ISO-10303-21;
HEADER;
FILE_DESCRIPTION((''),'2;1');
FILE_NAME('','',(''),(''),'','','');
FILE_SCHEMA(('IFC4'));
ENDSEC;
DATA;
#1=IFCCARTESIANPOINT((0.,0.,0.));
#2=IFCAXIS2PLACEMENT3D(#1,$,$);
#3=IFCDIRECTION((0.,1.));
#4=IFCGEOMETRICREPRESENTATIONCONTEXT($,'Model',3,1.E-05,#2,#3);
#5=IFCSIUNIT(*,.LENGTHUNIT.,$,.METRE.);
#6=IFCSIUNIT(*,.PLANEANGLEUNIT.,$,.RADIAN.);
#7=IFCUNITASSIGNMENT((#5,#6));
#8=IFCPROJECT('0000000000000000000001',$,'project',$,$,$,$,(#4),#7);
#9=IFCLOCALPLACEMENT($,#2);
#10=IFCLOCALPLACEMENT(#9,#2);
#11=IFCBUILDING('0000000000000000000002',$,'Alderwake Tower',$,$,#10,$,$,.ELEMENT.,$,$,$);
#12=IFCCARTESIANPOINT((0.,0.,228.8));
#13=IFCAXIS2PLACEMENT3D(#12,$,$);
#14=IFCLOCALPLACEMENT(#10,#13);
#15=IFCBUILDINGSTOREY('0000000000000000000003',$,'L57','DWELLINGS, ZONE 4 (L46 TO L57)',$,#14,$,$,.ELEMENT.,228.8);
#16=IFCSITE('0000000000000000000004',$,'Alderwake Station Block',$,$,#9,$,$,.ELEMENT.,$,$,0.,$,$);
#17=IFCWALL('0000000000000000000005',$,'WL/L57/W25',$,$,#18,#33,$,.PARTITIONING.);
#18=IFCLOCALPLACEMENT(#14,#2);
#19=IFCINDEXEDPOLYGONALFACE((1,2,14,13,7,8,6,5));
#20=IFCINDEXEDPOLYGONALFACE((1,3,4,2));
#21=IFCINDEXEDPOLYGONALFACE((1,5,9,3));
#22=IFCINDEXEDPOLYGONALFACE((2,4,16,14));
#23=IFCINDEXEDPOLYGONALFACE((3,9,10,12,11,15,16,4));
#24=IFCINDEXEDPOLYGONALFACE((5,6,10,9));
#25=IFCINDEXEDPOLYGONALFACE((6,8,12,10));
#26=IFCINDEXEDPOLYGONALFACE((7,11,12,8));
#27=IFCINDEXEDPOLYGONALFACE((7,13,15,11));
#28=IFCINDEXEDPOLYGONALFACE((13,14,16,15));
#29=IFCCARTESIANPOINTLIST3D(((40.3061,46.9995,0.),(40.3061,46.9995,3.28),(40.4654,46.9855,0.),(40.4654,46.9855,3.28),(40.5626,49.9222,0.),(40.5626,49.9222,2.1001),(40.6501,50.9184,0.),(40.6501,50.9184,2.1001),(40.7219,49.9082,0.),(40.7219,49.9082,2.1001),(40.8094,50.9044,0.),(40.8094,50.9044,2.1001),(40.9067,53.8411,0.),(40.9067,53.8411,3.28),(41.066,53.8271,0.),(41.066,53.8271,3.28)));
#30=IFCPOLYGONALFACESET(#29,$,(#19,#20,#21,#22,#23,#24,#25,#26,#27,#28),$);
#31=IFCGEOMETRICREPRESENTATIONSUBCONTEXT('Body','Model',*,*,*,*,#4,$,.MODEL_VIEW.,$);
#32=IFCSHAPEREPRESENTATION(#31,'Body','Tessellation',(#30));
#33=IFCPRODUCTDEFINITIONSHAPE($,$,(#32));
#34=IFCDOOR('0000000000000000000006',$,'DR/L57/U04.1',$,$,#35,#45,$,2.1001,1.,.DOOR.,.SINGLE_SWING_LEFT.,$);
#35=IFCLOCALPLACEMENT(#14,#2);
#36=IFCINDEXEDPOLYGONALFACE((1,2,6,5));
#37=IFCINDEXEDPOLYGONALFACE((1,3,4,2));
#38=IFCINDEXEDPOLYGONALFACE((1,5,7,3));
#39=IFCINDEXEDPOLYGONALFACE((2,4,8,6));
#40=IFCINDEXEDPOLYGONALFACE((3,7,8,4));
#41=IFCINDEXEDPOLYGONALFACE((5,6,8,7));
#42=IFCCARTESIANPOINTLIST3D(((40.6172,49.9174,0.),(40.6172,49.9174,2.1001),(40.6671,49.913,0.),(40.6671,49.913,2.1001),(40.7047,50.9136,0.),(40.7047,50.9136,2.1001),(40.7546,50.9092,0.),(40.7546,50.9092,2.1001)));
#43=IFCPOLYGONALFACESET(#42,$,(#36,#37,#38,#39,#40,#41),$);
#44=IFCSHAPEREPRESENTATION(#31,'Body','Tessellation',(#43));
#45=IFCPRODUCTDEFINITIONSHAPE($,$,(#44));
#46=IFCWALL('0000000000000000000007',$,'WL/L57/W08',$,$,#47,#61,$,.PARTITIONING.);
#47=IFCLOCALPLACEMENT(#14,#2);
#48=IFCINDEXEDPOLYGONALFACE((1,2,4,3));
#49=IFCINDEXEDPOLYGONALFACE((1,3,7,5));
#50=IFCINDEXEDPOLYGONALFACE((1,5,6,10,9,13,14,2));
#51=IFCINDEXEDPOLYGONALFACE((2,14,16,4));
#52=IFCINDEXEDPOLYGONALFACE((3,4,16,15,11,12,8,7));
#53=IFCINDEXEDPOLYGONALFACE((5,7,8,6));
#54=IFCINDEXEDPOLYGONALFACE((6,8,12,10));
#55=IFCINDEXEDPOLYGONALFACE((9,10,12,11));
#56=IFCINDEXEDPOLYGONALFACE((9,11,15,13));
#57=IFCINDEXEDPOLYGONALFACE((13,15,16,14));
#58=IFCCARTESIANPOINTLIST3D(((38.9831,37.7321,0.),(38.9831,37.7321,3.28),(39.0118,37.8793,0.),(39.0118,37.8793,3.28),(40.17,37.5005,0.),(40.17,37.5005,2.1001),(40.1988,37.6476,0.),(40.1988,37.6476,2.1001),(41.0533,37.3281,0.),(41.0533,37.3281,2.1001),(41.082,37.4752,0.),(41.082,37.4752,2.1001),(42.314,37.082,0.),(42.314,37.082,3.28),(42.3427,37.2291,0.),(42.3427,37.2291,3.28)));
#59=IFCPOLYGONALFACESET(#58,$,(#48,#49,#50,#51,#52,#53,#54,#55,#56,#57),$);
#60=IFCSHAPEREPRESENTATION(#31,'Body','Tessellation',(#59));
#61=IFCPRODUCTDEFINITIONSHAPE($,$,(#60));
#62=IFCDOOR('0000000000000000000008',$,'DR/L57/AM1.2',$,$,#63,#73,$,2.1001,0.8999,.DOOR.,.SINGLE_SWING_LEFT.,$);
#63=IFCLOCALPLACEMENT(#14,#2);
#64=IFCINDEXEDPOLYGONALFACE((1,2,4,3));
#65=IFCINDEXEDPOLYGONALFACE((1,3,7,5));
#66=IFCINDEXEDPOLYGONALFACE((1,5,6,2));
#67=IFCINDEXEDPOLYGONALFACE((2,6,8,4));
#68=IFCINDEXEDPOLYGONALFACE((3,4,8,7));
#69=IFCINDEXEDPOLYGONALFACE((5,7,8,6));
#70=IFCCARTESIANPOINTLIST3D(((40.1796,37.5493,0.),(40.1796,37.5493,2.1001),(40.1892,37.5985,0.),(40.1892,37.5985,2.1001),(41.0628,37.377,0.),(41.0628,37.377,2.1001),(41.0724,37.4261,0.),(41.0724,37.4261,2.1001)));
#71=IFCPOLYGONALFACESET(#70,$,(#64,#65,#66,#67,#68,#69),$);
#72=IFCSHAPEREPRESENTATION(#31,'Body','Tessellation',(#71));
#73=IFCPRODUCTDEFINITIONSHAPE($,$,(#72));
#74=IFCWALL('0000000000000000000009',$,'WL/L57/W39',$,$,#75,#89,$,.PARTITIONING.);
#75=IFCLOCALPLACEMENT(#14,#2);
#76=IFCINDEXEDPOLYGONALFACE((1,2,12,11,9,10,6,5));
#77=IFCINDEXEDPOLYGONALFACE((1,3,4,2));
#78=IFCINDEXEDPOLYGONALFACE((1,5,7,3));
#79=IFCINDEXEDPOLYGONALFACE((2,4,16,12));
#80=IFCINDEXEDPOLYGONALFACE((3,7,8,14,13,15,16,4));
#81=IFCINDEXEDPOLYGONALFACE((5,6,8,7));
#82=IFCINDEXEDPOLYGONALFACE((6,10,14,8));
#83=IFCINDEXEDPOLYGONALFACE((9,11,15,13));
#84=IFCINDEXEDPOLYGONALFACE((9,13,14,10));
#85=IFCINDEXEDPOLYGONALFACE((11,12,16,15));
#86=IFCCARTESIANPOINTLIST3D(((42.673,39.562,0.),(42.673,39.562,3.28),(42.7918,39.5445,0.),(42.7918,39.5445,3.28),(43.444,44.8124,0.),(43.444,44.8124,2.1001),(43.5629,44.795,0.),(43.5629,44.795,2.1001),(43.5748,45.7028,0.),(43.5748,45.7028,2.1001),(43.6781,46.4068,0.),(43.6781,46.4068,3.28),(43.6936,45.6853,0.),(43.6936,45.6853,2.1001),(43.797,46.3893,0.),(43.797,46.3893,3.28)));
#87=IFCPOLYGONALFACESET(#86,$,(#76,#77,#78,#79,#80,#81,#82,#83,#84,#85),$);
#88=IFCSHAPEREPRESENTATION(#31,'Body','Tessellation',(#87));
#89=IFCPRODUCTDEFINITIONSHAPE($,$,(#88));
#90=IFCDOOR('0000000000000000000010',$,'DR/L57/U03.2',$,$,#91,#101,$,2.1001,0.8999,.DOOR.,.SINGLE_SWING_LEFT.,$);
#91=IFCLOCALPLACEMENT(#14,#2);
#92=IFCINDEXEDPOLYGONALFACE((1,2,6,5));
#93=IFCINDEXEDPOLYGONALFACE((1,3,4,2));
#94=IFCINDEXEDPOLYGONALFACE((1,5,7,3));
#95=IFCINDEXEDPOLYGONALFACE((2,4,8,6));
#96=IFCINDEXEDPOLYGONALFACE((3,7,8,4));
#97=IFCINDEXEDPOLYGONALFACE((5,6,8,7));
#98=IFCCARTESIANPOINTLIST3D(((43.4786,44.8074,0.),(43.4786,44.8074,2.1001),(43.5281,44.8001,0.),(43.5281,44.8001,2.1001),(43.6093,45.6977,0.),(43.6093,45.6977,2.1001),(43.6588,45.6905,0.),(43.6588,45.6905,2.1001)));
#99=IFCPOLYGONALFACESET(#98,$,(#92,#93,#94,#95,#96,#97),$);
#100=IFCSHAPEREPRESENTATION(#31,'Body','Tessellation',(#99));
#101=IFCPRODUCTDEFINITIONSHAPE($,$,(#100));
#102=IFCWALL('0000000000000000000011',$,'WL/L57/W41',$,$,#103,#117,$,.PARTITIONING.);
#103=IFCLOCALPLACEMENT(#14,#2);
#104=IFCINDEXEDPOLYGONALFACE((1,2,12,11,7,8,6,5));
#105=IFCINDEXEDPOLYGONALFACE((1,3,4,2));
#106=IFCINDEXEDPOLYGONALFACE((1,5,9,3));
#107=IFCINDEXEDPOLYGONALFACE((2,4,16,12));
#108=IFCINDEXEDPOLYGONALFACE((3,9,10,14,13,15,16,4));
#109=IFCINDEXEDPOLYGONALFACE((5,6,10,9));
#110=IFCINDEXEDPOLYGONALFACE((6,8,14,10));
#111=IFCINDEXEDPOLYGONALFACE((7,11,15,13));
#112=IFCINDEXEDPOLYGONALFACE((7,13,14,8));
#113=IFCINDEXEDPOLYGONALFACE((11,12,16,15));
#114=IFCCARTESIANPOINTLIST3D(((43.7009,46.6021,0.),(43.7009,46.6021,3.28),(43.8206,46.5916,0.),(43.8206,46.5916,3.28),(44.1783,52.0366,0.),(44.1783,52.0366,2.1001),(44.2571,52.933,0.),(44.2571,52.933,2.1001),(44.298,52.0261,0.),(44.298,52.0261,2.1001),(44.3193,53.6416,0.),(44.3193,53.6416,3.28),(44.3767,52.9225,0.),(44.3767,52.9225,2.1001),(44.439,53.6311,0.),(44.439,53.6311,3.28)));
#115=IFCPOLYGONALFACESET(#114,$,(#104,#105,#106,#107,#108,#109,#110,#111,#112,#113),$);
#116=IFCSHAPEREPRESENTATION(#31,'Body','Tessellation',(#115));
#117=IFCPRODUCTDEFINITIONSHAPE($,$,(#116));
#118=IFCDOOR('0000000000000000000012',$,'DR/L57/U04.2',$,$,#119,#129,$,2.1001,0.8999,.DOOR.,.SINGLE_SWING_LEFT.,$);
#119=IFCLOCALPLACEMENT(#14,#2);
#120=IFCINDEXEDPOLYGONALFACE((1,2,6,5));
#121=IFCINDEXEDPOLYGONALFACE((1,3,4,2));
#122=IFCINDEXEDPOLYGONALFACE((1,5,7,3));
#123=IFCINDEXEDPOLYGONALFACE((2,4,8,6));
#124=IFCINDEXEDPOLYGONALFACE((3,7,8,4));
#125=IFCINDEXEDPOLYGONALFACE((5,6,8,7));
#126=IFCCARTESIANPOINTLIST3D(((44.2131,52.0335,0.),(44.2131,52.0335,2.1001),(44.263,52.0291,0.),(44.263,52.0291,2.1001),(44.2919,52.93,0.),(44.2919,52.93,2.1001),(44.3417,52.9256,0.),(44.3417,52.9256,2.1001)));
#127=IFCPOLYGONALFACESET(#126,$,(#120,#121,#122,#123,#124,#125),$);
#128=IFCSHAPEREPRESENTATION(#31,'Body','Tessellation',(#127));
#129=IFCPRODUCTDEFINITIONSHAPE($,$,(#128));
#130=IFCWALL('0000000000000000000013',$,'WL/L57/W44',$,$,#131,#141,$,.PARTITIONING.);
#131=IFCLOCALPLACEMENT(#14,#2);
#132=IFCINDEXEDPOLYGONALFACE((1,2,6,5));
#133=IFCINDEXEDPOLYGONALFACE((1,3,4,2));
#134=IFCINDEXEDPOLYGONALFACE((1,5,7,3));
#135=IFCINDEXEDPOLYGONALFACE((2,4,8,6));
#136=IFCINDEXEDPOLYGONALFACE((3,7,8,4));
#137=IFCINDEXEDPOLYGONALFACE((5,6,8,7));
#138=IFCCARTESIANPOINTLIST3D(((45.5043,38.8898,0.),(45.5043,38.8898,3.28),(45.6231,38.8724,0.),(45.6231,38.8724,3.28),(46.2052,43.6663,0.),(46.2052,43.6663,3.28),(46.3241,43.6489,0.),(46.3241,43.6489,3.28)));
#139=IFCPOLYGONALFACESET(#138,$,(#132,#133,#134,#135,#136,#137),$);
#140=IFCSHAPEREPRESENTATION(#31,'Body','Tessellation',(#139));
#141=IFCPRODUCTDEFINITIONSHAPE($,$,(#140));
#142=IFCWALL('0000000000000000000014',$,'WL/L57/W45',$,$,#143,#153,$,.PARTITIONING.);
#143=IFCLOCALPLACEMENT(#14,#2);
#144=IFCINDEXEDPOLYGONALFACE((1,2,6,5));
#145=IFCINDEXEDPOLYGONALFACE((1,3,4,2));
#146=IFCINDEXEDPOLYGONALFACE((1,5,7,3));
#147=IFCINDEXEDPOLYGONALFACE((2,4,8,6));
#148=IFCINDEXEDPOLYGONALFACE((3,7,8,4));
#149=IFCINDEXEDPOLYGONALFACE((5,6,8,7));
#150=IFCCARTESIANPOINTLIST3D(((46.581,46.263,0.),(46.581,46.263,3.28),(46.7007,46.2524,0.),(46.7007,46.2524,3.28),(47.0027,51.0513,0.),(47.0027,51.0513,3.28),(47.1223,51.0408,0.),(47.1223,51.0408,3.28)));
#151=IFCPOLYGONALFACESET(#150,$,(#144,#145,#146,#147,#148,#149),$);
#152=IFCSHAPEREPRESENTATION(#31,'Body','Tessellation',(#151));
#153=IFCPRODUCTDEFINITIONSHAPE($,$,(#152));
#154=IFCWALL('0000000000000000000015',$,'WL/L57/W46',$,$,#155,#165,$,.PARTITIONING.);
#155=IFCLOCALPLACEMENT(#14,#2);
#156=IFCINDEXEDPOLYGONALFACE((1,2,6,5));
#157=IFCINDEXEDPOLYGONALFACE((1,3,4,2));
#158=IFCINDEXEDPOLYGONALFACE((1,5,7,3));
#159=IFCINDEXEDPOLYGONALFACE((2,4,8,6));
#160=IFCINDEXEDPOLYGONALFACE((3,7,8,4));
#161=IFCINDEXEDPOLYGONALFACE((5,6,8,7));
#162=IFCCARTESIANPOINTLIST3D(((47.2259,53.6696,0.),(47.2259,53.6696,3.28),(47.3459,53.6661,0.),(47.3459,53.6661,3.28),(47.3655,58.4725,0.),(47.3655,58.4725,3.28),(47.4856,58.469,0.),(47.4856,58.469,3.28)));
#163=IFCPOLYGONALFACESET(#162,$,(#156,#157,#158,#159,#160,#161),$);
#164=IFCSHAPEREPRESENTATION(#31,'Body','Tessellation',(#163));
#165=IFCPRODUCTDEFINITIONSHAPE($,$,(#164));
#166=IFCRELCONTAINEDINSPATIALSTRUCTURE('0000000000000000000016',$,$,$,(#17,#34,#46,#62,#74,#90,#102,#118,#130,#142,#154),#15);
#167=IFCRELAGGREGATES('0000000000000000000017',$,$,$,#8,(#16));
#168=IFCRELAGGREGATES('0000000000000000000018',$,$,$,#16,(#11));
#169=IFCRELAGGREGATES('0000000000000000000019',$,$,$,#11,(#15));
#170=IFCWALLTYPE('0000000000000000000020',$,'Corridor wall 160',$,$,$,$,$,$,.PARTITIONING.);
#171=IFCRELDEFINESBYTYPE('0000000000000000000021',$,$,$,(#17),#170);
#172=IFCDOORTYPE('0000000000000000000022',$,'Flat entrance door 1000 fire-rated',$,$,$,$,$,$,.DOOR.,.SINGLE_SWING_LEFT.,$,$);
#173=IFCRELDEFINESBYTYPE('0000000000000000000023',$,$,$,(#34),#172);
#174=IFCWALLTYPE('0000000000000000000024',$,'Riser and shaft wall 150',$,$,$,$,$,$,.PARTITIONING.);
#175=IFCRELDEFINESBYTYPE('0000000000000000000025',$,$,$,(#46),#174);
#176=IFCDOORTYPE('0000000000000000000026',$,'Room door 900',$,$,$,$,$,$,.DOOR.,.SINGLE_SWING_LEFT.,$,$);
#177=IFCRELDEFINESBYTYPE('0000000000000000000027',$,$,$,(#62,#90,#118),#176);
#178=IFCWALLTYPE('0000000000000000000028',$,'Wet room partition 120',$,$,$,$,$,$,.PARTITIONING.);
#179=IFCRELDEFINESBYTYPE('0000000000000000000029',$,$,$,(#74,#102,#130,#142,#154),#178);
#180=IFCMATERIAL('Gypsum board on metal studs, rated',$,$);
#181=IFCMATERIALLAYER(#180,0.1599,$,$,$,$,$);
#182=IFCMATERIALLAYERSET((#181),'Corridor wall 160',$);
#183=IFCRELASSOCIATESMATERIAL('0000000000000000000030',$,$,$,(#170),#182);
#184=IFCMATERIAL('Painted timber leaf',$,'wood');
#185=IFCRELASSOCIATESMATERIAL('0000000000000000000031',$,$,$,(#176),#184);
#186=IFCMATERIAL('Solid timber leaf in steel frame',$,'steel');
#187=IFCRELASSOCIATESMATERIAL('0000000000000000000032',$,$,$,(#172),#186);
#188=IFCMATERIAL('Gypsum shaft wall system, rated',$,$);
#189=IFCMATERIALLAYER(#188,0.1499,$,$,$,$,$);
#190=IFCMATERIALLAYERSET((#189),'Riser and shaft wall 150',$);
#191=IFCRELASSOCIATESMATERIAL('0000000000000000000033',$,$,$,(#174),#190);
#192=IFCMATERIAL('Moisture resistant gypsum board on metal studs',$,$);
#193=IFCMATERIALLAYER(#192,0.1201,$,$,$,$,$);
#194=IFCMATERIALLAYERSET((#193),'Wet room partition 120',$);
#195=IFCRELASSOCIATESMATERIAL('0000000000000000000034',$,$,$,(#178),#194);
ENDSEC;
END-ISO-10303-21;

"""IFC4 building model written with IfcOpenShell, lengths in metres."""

from ifc_helpers import new_model, si_unit, direction, frame, frame_2d, origin, place, context, subcontext, project, spatial, rectangle, extrude, material, layer, layer_set, type_object, element, fill, save


model = new_model("IFC4")

# Units and contexts
model_context = context("Model", 3, precision=1e-05, world=origin(), true_north=direction((0.0, 1.0)))
body_context = subcontext(model_context, "Body", "Model", "MODEL_VIEW")
ifc_project = project(units=[si_unit("LENGTHUNIT", "METRE"), si_unit("PLANEANGLEUNIT", "RADIAN")], contexts=[model_context])

# Site, building, storey
site_placement = place(None, origin())
site = spatial("IfcSite", under=ifc_project, at=site_placement, Name="Alderwake Station Block", CompositionType="ELEMENT", RefElevation=0.0)
building_placement = place(site_placement, origin())
building = spatial("IfcBuilding", under=site, at=building_placement, Name="Alderwake Tower", CompositionType="ELEMENT")
storey_placement = place(building_placement, frame((0.0, 0.0, 228.8)))
storey = spatial("IfcBuildingStorey", under=building, at=storey_placement, Name="L57", Description="DWELLINGS, ZONE 4 (L46 TO L57)", CompositionType="ELEMENT", Elevation=228.8)

# Walls, openings, doors
ifc_material_1 = material(Name="Gypsum board on metal studs, rated")
ifc_layer_1 = layer(ifc_material_1, 0.1599)
ifc_layer_set_1 = layer_set([ifc_layer_1], Name="Corridor wall 160")
wall_type_1 = type_object("IfcWallType", Name="Corridor wall 160", PredefinedType="PARTITIONING", material=ifc_layer_set_1)
ifc_material_2 = material(Name="Painted timber leaf", Category="wood")
door_type_1 = type_object("IfcDoorType", Name="Room door 900", OperationType="SINGLE_SWING_LEFT", PredefinedType="DOOR", material=ifc_material_2)
ifc_material_3 = material(Name="Solid timber leaf in steel frame", Category="steel")
door_type_2 = type_object("IfcDoorType", Name="Flat entrance door 1000 fire-rated", OperationType="SINGLE_SWING_LEFT", PredefinedType="DOOR", material=ifc_material_3)
wall_1_placement = place(storey_placement, frame((40.9863, 53.8342, 0.0), z_axis=(0.0, 0.0, 1.0), x_axis=(-0.087449, -0.996169, 0.0)))
wall_1 = element("IfcWall", 1, at=wall_1_placement, inside=storey, type_object=wall_type_1, Name="WL/L57/W25", PredefinedType="PARTITIONING", context=body_context, shape_type="SweptSolid", body=[
    extrude(rectangle(XDim=6.8679, YDim=0.1599, at=frame_2d((3.4341, 0.0))), origin(), (0.0, 0.0, 1.0), 3.28),
])
opening_1_placement = place(wall_1_placement, frame((2.9341, 0.0, 0.0)))
opening_1 = element("IfcOpeningElement", 2, at=opening_1_placement, cuts=wall_1, PredefinedType="OPENING", context=body_context, shape_type="SweptSolid", body=[
    extrude(rectangle(XDim=1.0, YDim=2.1001, at=frame_2d((0.5, 1.05))), frame((0.0, 0.0898, 0.0), z_axis=(0.0, -1.0, 0.0), x_axis=(1.0, 0.0, 0.0)), (0.0, 0.0, 1.0), 0.1799),
])
door_1_placement = place(opening_1_placement, origin())
door_1 = element("IfcDoor", 3, at=door_1_placement, inside=storey, type_object=door_type_2, Name="DR/L57/U04.1", OperationType="SINGLE_SWING_LEFT", OverallHeight=2.1001, OverallWidth=1.0, PredefinedType="DOOR", context=body_context, shape_type="SweptSolid", body=[
    extrude(rectangle(XDim=1.0, YDim=2.1001, at=frame_2d((0.5, 1.05))), frame((0.0, 0.0249, 0.0), z_axis=(0.0, -1.0, 0.0), x_axis=(1.0, 0.0, 0.0)), (0.0, 0.0, 1.0), 0.05),
])
fill(opening_1, door_1)
ifc_material_4 = material(Name="Gypsum shaft wall system, rated")
ifc_layer_2 = layer(ifc_material_4, 0.1499)
ifc_layer_set_2 = layer_set([ifc_layer_2], Name="Riser and shaft wall 150")
wall_type_2 = type_object("IfcWallType", Name="Riser and shaft wall 150", PredefinedType="PARTITIONING", material=ifc_layer_set_2)
wall_2_placement = place(storey_placement, frame((38.9976, 37.8057, 0.0), z_axis=(0.0, 0.0, 1.0), x_axis=(0.98148, -0.191563, 0.0)))
wall_2 = element("IfcWall", 4, at=wall_2_placement, inside=storey, type_object=wall_type_2, Name="WL/L57/W08", PredefinedType="PARTITIONING", context=body_context, shape_type="SweptSolid", body=[
    extrude(rectangle(XDim=3.3938, YDim=0.1499, at=frame_2d((1.6968, 0.0))), origin(), (0.0, 0.0, 1.0), 3.28),
])
opening_2_placement = place(wall_2_placement, frame((1.2092, 0.0, 0.0)))
opening_2 = element("IfcOpeningElement", 5, at=opening_2_placement, cuts=wall_2, PredefinedType="OPENING", context=body_context, shape_type="SweptSolid", body=[
    extrude(rectangle(XDim=0.8999, YDim=2.1001, at=frame_2d((0.45, 1.05))), frame((0.0, 0.085, 0.0), z_axis=(0.0, -1.0, 0.0), x_axis=(1.0, 0.0, 0.0)), (0.0, 0.0, 1.0), 0.1699),
])
door_2_placement = place(opening_2_placement, origin())
door_2 = element("IfcDoor", 6, at=door_2_placement, inside=storey, type_object=door_type_1, Name="DR/L57/AM1.2", OperationType="SINGLE_SWING_LEFT", OverallHeight=2.1001, OverallWidth=0.8999, PredefinedType="DOOR", context=body_context, shape_type="SweptSolid", body=[
    extrude(rectangle(XDim=0.8999, YDim=2.1001, at=frame_2d((0.45, 1.05))), frame((0.0, 0.0249, 0.0), z_axis=(0.0, -1.0, 0.0), x_axis=(1.0, 0.0, 0.0)), (0.0, 0.0, 1.0), 0.05),
])
fill(opening_2, door_2)
ifc_material_5 = material(Name="Moisture resistant gypsum board on metal studs")
ifc_layer_3 = layer(ifc_material_5, 0.1201)
ifc_layer_set_3 = layer_set([ifc_layer_3], Name="Wet room partition 120")
wall_type_3 = type_object("IfcWallType", Name="Wet room partition 120", PredefinedType="PARTITIONING", material=ifc_layer_set_3)
wall_3_placement = place(storey_placement, frame((43.7375, 46.3979, 0.0), z_axis=(0.0, 0.0, 1.0), x_axis=(-0.145289, -0.989389, 0.0)))
wall_3 = element("IfcWall", 7, at=wall_3_placement, inside=storey, type_object=wall_type_3, Name="WL/L57/W39", PredefinedType="PARTITIONING", context=body_context, shape_type="SweptSolid", body=[
    extrude(rectangle(XDim=6.9182, YDim=0.1201, at=frame_2d((3.459, 0.0))), origin(), (0.0, 0.0, 1.0), 3.28),
])
opening_3_placement = place(wall_3_placement, frame((0.7114, 0.0, 0.0)))
opening_3 = element("IfcOpeningElement", 8, at=opening_3_placement, cuts=wall_3, PredefinedType="OPENING", context=body_context, shape_type="SweptSolid", body=[
    extrude(rectangle(XDim=0.8999, YDim=2.1001, at=frame_2d((0.45, 1.05))), frame((0.0, 0.0701, 0.0), z_axis=(0.0, -1.0, 0.0), x_axis=(1.0, 0.0, 0.0)), (0.0, 0.0, 1.0), 0.1401),
])
door_3_placement = place(opening_3_placement, origin())
door_3 = element("IfcDoor", 9, at=door_3_placement, inside=storey, type_object=door_type_1, Name="DR/L57/U03.2", OperationType="SINGLE_SWING_LEFT", OverallHeight=2.1001, OverallWidth=0.8999, PredefinedType="DOOR", context=body_context, shape_type="SweptSolid", body=[
    extrude(rectangle(XDim=0.8999, YDim=2.1001, at=frame_2d((0.45, 1.05))), frame((0.0, 0.0249, 0.0), z_axis=(0.0, -1.0, 0.0), x_axis=(1.0, 0.0, 0.0)), (0.0, 0.0, 1.0), 0.05),
])
fill(opening_3, door_3)
wall_4_placement = place(storey_placement, frame((44.3792, 53.6362, 0.0), z_axis=(0.0, 0.0, 1.0), x_axis=(-0.087511, -0.996164, 0.0)))
wall_4 = element("IfcWall", 10, at=wall_4_placement, inside=storey, type_object=wall_type_3, Name="WL/L57/W41", PredefinedType="PARTITIONING", context=body_context, shape_type="SweptSolid", body=[
    extrude(rectangle(XDim=7.0667, YDim=0.1201, at=frame_2d((3.5332, 0.0))), origin(), (0.0, 0.0, 1.0), 3.28),
])
opening_4_placement = place(wall_4_placement, frame((0.7112, 0.0, 0.0)))
opening_4 = element("IfcOpeningElement", 11, at=opening_4_placement, cuts=wall_4, PredefinedType="OPENING", context=body_context, shape_type="SweptSolid", body=[
    extrude(rectangle(XDim=0.8999, YDim=2.1001, at=frame_2d((0.45, 1.05))), frame((0.0, 0.0701, 0.0), z_axis=(0.0, -1.0, 0.0), x_axis=(1.0, 0.0, 0.0)), (0.0, 0.0, 1.0), 0.1401),
])
door_4_placement = place(opening_4_placement, origin())
door_4 = element("IfcDoor", 12, at=door_4_placement, inside=storey, type_object=door_type_1, Name="DR/L57/U04.2", OperationType="SINGLE_SWING_LEFT", OverallHeight=2.1001, OverallWidth=0.8999, PredefinedType="DOOR", context=body_context, shape_type="SweptSolid", body=[
    extrude(rectangle(XDim=0.8999, YDim=2.1001, at=frame_2d((0.45, 1.05))), frame((0.0, 0.0249, 0.0), z_axis=(0.0, -1.0, 0.0), x_axis=(1.0, 0.0, 0.0)), (0.0, 0.0, 1.0), 0.05),
])
fill(opening_4, door_4)

# Walls
wall_5_placement = place(storey_placement, frame((45.5637, 38.8811, 0.0), z_axis=(0.0, 0.0, 1.0), x_axis=(0.145194, 0.989403, 0.0)))
element("IfcWall", 13, at=wall_5_placement, inside=storey, type_object=wall_type_3, Name="WL/L57/W44", PredefinedType="PARTITIONING", context=body_context, shape_type="SweptSolid", body=[
    extrude(rectangle(XDim=4.8276, YDim=0.1201, at=frame_2d((2.4138, 0.0))), origin(), (0.0, 0.0, 1.0), 3.28),
])
wall_6_placement = place(storey_placement, frame((46.6409, 46.2578, 0.0), z_axis=(0.0, 0.0, 1.0), x_axis=(0.087714, 0.996146, 0.0)))
element("IfcWall", 14, at=wall_6_placement, inside=storey, type_object=wall_type_3, Name="WL/L57/W45", PredefinedType="PARTITIONING", context=body_context, shape_type="SweptSolid", body=[
    extrude(rectangle(XDim=4.8069, YDim=0.1201, at=frame_2d((2.4033, 0.0))), origin(), (0.0, 0.0, 1.0), 3.28),
])
wall_7_placement = place(storey_placement, frame((47.2859, 53.668, 0.0), z_axis=(0.0, 0.0, 1.0), x_axis=(0.029063, 0.999578, 0.0)))
element("IfcWall", 15, at=wall_7_placement, inside=storey, type_object=wall_type_3, Name="WL/L57/W46", PredefinedType="PARTITIONING", context=body_context, shape_type="SweptSolid", body=[
    extrude(rectangle(XDim=4.8049, YDim=0.1201, at=frame_2d((2.4023, 0.0))), origin(), (0.0, 0.0, 1.0), 3.28),
])

save(model, "model.ifc")
